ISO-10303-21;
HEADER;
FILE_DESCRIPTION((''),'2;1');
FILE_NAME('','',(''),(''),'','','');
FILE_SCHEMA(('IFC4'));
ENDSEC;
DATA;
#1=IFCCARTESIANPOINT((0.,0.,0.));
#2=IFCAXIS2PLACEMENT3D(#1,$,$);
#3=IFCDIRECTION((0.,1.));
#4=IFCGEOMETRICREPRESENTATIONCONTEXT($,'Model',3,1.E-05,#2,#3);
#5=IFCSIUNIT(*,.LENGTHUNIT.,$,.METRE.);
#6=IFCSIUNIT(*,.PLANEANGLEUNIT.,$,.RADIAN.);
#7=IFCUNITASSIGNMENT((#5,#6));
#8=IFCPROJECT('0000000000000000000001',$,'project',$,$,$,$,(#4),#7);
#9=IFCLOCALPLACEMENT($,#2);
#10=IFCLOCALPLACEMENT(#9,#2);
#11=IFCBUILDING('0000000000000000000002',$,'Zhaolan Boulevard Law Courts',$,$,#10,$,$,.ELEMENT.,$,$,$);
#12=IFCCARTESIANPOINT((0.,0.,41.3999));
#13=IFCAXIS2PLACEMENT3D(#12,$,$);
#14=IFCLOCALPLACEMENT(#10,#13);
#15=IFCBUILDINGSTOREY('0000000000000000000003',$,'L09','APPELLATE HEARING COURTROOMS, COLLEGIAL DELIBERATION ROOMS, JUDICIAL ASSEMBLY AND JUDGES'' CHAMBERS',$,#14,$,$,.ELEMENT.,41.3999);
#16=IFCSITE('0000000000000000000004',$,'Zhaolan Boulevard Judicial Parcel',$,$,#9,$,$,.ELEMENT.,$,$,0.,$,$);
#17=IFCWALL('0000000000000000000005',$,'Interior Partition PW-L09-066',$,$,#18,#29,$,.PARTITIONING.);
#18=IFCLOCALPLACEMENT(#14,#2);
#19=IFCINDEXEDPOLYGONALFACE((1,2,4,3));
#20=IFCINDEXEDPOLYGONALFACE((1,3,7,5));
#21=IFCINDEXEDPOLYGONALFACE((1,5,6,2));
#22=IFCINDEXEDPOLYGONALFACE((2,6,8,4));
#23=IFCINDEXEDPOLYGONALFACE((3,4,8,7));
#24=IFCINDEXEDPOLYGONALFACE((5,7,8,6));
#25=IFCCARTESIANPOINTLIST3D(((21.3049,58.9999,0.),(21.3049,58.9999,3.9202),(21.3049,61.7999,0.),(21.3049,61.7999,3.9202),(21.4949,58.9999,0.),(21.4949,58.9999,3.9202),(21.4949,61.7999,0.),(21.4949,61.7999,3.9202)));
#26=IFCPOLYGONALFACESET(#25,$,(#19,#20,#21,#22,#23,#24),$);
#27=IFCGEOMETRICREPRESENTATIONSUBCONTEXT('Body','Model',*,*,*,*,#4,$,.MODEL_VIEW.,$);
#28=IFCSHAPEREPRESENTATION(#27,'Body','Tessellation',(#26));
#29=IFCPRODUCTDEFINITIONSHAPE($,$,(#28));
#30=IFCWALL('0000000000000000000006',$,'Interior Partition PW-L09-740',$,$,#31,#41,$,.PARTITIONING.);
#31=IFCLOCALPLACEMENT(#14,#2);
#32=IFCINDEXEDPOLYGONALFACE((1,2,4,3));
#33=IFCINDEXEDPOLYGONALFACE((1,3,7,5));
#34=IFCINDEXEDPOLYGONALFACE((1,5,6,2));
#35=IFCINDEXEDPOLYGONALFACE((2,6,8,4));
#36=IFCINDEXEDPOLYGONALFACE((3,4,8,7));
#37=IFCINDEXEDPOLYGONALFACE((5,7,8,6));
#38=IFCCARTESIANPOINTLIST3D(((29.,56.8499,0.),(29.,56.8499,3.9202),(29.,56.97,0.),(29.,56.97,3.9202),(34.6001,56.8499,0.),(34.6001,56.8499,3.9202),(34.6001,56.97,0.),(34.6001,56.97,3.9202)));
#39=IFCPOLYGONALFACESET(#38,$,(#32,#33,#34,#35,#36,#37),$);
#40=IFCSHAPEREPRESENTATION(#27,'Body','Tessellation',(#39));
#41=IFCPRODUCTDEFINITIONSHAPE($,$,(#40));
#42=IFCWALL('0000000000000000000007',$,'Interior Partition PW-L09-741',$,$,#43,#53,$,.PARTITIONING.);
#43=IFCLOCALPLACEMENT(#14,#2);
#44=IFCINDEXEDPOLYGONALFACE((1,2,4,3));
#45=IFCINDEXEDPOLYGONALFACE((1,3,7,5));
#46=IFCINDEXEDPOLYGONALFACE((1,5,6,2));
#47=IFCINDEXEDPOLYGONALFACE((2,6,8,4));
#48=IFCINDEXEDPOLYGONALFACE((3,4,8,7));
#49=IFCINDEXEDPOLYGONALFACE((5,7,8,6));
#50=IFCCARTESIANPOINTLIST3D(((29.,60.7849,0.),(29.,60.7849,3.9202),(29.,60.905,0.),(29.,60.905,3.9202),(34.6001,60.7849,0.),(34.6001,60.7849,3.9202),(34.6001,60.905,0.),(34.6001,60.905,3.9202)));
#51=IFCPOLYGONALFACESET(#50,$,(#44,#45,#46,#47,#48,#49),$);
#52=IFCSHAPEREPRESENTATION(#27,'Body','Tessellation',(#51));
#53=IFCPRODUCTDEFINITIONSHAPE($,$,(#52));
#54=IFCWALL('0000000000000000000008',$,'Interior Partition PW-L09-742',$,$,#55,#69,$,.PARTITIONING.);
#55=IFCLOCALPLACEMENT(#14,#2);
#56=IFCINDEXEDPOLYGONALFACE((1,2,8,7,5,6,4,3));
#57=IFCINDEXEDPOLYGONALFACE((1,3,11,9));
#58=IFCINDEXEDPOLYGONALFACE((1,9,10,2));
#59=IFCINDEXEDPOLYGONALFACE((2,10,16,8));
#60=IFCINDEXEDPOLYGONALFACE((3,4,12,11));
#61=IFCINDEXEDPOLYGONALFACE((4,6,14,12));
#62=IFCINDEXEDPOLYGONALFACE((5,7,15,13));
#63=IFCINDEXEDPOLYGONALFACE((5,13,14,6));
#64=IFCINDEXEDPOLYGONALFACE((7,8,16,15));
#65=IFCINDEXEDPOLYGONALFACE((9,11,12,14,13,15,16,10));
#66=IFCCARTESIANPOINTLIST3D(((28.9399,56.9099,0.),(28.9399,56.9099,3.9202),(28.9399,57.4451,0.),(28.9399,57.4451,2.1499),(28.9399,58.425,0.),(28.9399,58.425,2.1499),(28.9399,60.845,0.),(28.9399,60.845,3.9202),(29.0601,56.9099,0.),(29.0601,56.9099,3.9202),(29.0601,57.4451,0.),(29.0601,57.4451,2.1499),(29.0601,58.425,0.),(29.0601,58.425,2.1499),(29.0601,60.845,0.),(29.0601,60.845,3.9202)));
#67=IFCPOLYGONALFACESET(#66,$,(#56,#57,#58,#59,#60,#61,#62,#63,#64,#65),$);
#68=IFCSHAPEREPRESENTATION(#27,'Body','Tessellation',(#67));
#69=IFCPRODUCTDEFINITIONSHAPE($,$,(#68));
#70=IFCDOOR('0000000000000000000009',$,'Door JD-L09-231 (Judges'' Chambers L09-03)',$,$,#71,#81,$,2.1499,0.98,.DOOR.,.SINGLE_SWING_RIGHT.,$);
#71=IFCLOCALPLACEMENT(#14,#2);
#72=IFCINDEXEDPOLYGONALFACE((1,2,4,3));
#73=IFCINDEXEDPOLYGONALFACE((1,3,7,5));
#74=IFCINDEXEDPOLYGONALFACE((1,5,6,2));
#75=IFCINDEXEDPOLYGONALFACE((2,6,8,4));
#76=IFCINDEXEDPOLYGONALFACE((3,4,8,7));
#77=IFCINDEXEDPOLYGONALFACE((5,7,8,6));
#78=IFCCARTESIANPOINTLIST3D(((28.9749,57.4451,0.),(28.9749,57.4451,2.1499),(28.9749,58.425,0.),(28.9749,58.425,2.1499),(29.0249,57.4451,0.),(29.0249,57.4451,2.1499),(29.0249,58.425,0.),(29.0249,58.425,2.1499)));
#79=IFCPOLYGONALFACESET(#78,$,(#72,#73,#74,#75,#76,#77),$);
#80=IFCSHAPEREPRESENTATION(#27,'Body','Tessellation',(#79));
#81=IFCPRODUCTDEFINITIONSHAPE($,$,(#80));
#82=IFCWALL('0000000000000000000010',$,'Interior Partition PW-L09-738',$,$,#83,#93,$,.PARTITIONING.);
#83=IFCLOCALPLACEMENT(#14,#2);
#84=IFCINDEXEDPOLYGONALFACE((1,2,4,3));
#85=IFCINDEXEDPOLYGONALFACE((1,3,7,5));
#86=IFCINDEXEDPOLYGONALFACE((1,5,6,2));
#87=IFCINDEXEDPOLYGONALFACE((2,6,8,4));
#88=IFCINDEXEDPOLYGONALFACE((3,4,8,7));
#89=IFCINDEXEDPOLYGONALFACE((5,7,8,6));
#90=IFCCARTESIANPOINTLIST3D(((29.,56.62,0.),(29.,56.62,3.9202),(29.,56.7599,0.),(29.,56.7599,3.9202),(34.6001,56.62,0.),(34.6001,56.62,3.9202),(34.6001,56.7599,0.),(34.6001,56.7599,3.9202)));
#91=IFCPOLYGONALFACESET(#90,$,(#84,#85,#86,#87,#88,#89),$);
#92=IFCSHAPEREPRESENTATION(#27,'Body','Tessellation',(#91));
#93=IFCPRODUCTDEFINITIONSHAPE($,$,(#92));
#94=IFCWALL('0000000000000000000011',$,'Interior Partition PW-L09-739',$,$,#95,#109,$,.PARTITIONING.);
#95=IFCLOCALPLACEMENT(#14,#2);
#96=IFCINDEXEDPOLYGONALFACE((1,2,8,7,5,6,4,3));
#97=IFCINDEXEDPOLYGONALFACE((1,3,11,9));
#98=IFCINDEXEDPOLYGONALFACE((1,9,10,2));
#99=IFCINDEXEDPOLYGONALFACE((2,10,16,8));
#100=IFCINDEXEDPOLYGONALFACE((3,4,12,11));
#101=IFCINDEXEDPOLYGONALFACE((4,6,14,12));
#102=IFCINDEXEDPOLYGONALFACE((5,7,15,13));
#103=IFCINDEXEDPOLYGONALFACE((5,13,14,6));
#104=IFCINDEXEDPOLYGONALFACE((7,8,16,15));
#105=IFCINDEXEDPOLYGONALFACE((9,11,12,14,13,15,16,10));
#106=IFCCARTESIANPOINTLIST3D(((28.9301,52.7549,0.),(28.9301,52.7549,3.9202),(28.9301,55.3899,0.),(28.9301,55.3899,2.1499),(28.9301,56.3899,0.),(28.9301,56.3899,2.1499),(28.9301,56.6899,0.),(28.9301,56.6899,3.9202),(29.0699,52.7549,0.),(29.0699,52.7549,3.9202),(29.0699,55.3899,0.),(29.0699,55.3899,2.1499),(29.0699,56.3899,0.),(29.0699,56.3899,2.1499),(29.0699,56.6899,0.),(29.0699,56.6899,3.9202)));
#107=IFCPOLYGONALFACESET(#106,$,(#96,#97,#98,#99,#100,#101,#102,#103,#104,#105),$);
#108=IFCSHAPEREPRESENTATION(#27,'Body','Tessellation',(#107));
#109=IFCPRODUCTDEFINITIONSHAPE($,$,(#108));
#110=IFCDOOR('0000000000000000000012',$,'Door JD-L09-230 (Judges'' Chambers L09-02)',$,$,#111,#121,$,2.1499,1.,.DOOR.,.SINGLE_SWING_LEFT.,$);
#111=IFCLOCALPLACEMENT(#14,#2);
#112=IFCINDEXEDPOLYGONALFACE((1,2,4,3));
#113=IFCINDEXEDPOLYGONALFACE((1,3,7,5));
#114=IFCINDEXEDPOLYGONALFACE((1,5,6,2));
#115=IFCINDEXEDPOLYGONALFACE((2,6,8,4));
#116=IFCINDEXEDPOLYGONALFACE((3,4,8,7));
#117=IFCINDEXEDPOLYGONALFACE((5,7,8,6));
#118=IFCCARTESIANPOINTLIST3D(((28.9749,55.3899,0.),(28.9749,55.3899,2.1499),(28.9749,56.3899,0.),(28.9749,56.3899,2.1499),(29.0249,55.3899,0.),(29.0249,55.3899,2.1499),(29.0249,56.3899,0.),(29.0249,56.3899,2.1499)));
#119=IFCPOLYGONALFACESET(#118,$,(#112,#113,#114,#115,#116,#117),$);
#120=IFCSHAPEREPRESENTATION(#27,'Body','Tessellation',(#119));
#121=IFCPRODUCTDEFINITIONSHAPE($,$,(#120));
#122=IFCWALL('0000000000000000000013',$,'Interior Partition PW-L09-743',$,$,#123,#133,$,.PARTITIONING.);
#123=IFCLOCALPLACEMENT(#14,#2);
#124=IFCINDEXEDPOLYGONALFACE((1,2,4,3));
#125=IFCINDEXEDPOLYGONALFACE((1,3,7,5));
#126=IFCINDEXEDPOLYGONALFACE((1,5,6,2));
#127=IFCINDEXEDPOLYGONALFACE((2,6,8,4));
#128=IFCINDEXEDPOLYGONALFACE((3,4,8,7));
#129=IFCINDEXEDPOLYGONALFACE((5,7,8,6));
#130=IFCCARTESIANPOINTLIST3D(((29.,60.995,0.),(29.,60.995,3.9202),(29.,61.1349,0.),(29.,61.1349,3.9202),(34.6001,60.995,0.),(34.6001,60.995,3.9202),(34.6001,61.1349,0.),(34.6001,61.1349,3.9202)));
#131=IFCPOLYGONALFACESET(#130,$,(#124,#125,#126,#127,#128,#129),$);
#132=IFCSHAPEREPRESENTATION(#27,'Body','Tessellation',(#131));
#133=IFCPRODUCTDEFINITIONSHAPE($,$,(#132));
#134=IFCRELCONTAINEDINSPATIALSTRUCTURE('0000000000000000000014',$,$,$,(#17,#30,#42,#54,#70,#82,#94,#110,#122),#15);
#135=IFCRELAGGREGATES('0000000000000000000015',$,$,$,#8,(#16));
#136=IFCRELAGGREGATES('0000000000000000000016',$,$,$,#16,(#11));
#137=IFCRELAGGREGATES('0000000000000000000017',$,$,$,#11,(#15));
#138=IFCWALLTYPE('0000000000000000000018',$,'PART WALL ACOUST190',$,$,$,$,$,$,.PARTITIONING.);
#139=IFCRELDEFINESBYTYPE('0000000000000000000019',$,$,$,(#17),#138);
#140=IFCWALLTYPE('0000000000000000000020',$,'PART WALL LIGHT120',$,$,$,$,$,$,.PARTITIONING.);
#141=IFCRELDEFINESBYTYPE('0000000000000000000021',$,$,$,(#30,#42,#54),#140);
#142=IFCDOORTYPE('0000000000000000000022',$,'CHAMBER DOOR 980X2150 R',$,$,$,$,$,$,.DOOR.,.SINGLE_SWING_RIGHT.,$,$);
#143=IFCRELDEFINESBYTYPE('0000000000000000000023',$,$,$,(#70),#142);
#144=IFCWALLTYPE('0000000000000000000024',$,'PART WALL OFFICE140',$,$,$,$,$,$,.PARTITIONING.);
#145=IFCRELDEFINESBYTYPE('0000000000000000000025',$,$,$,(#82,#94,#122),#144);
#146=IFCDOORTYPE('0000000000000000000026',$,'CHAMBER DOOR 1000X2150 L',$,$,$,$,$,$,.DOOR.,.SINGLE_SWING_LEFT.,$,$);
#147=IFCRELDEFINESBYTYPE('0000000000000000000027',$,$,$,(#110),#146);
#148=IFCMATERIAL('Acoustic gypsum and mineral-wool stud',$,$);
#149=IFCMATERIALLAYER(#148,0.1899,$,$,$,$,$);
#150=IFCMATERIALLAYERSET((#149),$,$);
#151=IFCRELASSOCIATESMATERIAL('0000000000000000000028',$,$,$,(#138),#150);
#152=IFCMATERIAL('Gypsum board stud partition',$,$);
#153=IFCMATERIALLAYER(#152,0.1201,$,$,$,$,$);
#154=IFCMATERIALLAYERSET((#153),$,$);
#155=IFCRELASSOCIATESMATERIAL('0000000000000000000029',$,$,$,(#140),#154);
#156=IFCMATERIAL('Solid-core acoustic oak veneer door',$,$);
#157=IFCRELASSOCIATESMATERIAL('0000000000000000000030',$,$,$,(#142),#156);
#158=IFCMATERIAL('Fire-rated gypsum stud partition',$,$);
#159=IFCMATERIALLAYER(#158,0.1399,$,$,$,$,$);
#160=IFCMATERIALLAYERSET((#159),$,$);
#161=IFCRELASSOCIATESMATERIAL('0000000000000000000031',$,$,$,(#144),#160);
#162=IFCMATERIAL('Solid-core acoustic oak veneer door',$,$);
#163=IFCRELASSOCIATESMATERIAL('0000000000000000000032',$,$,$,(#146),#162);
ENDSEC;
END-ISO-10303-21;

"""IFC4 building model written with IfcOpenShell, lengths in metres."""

from ifc_helpers import new_model, si_unit, direction, frame, frame_2d, origin, place, context, subcontext, project, spatial, rectangle, extrude, material, layer, layer_set, type_object, element, fill, save


model = new_model("IFC4")

# Units and contexts
model_context = context("Model", 3, precision=1e-05, world=origin(), true_north=direction((0.0, 1.0)))
body_context = subcontext(model_context, "Body", "Model", "MODEL_VIEW")
ifc_project = project(units=[si_unit("LENGTHUNIT", "METRE"), si_unit("PLANEANGLEUNIT", "RADIAN")], contexts=[model_context])

# Site, building, storey
site_placement = place(None, origin())
site = spatial("IfcSite", under=ifc_project, at=site_placement, Name="Zhaolan Boulevard Judicial Parcel", CompositionType="ELEMENT", RefElevation=0.0)
building_placement = place(site_placement, origin())
building = spatial("IfcBuilding", under=site, at=building_placement, Name="Zhaolan Boulevard Law Courts", CompositionType="ELEMENT")
storey_placement = place(building_placement, frame((0.0, 0.0, 41.3999)))
storey = spatial("IfcBuildingStorey", under=building, at=storey_placement, Name="L09", Description="APPELLATE HEARING COURTROOMS, COLLEGIAL DELIBERATION ROOMS, JUDICIAL ASSEMBLY AND JUDGES' CHAMBERS", CompositionType="ELEMENT", Elevation=41.3999)

# Walls
ifc_material_1 = material(Name="Acoustic gypsum and mineral-wool stud")
ifc_layer_1 = layer(ifc_material_1, 0.1899)
ifc_layer_set_1 = layer_set([ifc_layer_1])
wall_type_1 = type_object("IfcWallType", Name="PART WALL ACOUST190", PredefinedType="PARTITIONING", material=ifc_layer_set_1)
wall_1_placement = place(storey_placement, frame((21.3999, 59.0, 0.0), z_axis=(0.0, 0.0, 1.0), x_axis=(0.0, 1.0, 0.0)))
element("IfcWall", 1, at=wall_1_placement, inside=storey, type_object=wall_type_1, Name="Interior Partition PW-L09-066", PredefinedType="PARTITIONING", context=body_context, shape_type="SweptSolid", body=[
    extrude(rectangle(XDim=2.8, YDim=0.1899, at=frame_2d((1.3999, 0.0))), origin(), (0.0, 0.0, 1.0), 3.9202),
])
ifc_material_2 = material(Name="Gypsum board stud partition")
ifc_layer_2 = layer(ifc_material_2, 0.1201)
ifc_layer_set_2 = layer_set([ifc_layer_2])
wall_type_2 = type_object("IfcWallType", Name="PART WALL LIGHT120", PredefinedType="PARTITIONING", material=ifc_layer_set_2)
for number, where, z_axis, x_axis, name in (
    (2, (29.0, 56.9099, 0.0), (0.0, 0.0, 1.0), (1.0, 0.0, 0.0), "Interior Partition PW-L09-740"),
    (3, (34.6001, 60.845, 0.0), (0.0, 0.0, 1.0), (-1.0, 0.0, 0.0), "Interior Partition PW-L09-741"),
):
    element("IfcWall", number, at=place(storey_placement, frame(where, z_axis=z_axis, x_axis=x_axis)), inside=storey, type_object=wall_type_2, Name=name, PredefinedType="PARTITIONING", context=body_context, shape_type="SweptSolid", body=[
        extrude(rectangle(XDim=5.6001, YDim=0.1201, at=frame_2d((2.8, 0.0))), origin(), (0.0, 0.0, 1.0), 3.9202),
    ])

# Wall, opening, door
wall_2_placement = place(storey_placement, frame((29.0, 60.845, 0.0), z_axis=(0.0, 0.0, 1.0), x_axis=(0.0, -1.0, 0.0)))
wall_2 = element("IfcWall", 4, at=wall_2_placement, inside=storey, type_object=wall_type_2, Name="Interior Partition PW-L09-742", PredefinedType="PARTITIONING", context=body_context, shape_type="SweptSolid", body=[
    extrude(rectangle(XDim=3.9351, YDim=0.1201, at=frame_2d((1.9675, 0.0))), origin(), (0.0, 0.0, 1.0), 3.9202),
])
opening_1_placement = place(wall_2_placement, frame((2.4199, 0.0, 0.0)))
opening_1 = element("IfcOpeningElement", 5, at=opening_1_placement, cuts=wall_2, PredefinedType="OPENING", context=body_context, shape_type="SweptSolid", body=[
    extrude(rectangle(XDim=0.98, YDim=2.1499, at=frame_2d((0.49, 1.075))), frame((0.0, 0.0701, 0.0), z_axis=(0.0, -1.0, 0.0), x_axis=(1.0, 0.0, 0.0)), (0.0, 0.0, 1.0), 0.1401),
])
ifc_material_3 = material(Name="Solid-core acoustic oak veneer door")
door_type_1 = type_object("IfcDoorType", Name="CHAMBER DOOR 980X2150 R", OperationType="SINGLE_SWING_RIGHT", PredefinedType="DOOR", material=ifc_material_3)
door_1_placement = place(opening_1_placement, origin())
door_1 = element("IfcDoor", 6, at=door_1_placement, inside=storey, type_object=door_type_1, Name="Door JD-L09-231 (Judges' Chambers L09-03)", OperationType="SINGLE_SWING_RIGHT", OverallHeight=2.1499, OverallWidth=0.98, PredefinedType="DOOR", context=body_context, shape_type="SweptSolid", body=[
    extrude(rectangle(XDim=0.98, YDim=2.1499, at=frame_2d((0.49, 1.075))), frame((0.0, 0.0249, 0.0), z_axis=(0.0, -1.0, 0.0), x_axis=(1.0, 0.0, 0.0)), (0.0, 0.0, 1.0), 0.05),
])
fill(opening_1, door_1)

# Wall
ifc_material_4 = material(Name="Fire-rated gypsum stud partition")
ifc_layer_3 = layer(ifc_material_4, 0.1399)
ifc_layer_set_3 = layer_set([ifc_layer_3])
wall_type_3 = type_object("IfcWallType", Name="PART WALL OFFICE140", PredefinedType="PARTITIONING", material=ifc_layer_set_3)
wall_3_placement = place(storey_placement, frame((34.6001, 56.6899, 0.0), z_axis=(0.0, 0.0, 1.0), x_axis=(-1.0, 0.0, 0.0)))
element("IfcWall", 7, at=wall_3_placement, inside=storey, type_object=wall_type_3, Name="Interior Partition PW-L09-738", PredefinedType="PARTITIONING", context=body_context, shape_type="SweptSolid", body=[
    extrude(rectangle(XDim=5.6001, YDim=0.1399, at=frame_2d((2.8, 0.0))), origin(), (0.0, 0.0, 1.0), 3.9202),
])

# Wall, opening, door
wall_4_placement = place(storey_placement, frame((29.0, 56.6899, 0.0), z_axis=(0.0, 0.0, 1.0), x_axis=(0.0, -1.0, 0.0)))
wall_4 = element("IfcWall", 8, at=wall_4_placement, inside=storey, type_object=wall_type_3, Name="Interior Partition PW-L09-739", PredefinedType="PARTITIONING", context=body_context, shape_type="SweptSolid", body=[
    extrude(rectangle(XDim=3.9351, YDim=0.1399, at=frame_2d((1.9675, 0.0))), origin(), (0.0, 0.0, 1.0), 3.9202),
])
opening_2_placement = place(wall_4_placement, frame((0.3, 0.0, 0.0)))
opening_2 = element("IfcOpeningElement", 9, at=opening_2_placement, cuts=wall_4, PredefinedType="OPENING", context=body_context, shape_type="SweptSolid", body=[
    extrude(rectangle(XDim=1.0, YDim=2.1499, at=frame_2d((0.5, 1.075))), frame((0.0, 0.0798, 0.0), z_axis=(0.0, -1.0, 0.0), x_axis=(1.0, 0.0, 0.0)), (0.0, 0.0, 1.0), 0.1599),
])
ifc_material_5 = material(Name="Solid-core acoustic oak veneer door")
door_type_2 = type_object("IfcDoorType", Name="CHAMBER DOOR 1000X2150 L", OperationType="SINGLE_SWING_LEFT", PredefinedType="DOOR", material=ifc_material_5)
door_2_placement = place(opening_2_placement, origin())
door_2 = element("IfcDoor", 10, at=door_2_placement, inside=storey, type_object=door_type_2, Name="Door JD-L09-230 (Judges' Chambers L09-02)", OperationType="SINGLE_SWING_LEFT", OverallHeight=2.1499, OverallWidth=1.0, PredefinedType="DOOR", context=body_context, shape_type="SweptSolid", body=[
    extrude(rectangle(XDim=1.0, YDim=2.1499, at=frame_2d((0.5, 1.075))), frame((0.0, 0.0249, 0.0), z_axis=(0.0, -1.0, 0.0), x_axis=(1.0, 0.0, 0.0)), (0.0, 0.0, 1.0), 0.05),
])
fill(opening_2, door_2)

# Wall
wall_5_placement = place(storey_placement, frame((29.0, 61.0649, 0.0), z_axis=(0.0, 0.0, 1.0), x_axis=(1.0, 0.0, 0.0)))
element("IfcWall", 11, at=wall_5_placement, inside=storey, type_object=wall_type_3, Name="Interior Partition PW-L09-743", PredefinedType="PARTITIONING", context=body_context, shape_type="SweptSolid", body=[
    extrude(rectangle(XDim=5.6001, YDim=0.1399, at=frame_2d((2.8, 0.0))), origin(), (0.0, 0.0, 1.0), 3.9202),
])

save(model, "model.ifc")
